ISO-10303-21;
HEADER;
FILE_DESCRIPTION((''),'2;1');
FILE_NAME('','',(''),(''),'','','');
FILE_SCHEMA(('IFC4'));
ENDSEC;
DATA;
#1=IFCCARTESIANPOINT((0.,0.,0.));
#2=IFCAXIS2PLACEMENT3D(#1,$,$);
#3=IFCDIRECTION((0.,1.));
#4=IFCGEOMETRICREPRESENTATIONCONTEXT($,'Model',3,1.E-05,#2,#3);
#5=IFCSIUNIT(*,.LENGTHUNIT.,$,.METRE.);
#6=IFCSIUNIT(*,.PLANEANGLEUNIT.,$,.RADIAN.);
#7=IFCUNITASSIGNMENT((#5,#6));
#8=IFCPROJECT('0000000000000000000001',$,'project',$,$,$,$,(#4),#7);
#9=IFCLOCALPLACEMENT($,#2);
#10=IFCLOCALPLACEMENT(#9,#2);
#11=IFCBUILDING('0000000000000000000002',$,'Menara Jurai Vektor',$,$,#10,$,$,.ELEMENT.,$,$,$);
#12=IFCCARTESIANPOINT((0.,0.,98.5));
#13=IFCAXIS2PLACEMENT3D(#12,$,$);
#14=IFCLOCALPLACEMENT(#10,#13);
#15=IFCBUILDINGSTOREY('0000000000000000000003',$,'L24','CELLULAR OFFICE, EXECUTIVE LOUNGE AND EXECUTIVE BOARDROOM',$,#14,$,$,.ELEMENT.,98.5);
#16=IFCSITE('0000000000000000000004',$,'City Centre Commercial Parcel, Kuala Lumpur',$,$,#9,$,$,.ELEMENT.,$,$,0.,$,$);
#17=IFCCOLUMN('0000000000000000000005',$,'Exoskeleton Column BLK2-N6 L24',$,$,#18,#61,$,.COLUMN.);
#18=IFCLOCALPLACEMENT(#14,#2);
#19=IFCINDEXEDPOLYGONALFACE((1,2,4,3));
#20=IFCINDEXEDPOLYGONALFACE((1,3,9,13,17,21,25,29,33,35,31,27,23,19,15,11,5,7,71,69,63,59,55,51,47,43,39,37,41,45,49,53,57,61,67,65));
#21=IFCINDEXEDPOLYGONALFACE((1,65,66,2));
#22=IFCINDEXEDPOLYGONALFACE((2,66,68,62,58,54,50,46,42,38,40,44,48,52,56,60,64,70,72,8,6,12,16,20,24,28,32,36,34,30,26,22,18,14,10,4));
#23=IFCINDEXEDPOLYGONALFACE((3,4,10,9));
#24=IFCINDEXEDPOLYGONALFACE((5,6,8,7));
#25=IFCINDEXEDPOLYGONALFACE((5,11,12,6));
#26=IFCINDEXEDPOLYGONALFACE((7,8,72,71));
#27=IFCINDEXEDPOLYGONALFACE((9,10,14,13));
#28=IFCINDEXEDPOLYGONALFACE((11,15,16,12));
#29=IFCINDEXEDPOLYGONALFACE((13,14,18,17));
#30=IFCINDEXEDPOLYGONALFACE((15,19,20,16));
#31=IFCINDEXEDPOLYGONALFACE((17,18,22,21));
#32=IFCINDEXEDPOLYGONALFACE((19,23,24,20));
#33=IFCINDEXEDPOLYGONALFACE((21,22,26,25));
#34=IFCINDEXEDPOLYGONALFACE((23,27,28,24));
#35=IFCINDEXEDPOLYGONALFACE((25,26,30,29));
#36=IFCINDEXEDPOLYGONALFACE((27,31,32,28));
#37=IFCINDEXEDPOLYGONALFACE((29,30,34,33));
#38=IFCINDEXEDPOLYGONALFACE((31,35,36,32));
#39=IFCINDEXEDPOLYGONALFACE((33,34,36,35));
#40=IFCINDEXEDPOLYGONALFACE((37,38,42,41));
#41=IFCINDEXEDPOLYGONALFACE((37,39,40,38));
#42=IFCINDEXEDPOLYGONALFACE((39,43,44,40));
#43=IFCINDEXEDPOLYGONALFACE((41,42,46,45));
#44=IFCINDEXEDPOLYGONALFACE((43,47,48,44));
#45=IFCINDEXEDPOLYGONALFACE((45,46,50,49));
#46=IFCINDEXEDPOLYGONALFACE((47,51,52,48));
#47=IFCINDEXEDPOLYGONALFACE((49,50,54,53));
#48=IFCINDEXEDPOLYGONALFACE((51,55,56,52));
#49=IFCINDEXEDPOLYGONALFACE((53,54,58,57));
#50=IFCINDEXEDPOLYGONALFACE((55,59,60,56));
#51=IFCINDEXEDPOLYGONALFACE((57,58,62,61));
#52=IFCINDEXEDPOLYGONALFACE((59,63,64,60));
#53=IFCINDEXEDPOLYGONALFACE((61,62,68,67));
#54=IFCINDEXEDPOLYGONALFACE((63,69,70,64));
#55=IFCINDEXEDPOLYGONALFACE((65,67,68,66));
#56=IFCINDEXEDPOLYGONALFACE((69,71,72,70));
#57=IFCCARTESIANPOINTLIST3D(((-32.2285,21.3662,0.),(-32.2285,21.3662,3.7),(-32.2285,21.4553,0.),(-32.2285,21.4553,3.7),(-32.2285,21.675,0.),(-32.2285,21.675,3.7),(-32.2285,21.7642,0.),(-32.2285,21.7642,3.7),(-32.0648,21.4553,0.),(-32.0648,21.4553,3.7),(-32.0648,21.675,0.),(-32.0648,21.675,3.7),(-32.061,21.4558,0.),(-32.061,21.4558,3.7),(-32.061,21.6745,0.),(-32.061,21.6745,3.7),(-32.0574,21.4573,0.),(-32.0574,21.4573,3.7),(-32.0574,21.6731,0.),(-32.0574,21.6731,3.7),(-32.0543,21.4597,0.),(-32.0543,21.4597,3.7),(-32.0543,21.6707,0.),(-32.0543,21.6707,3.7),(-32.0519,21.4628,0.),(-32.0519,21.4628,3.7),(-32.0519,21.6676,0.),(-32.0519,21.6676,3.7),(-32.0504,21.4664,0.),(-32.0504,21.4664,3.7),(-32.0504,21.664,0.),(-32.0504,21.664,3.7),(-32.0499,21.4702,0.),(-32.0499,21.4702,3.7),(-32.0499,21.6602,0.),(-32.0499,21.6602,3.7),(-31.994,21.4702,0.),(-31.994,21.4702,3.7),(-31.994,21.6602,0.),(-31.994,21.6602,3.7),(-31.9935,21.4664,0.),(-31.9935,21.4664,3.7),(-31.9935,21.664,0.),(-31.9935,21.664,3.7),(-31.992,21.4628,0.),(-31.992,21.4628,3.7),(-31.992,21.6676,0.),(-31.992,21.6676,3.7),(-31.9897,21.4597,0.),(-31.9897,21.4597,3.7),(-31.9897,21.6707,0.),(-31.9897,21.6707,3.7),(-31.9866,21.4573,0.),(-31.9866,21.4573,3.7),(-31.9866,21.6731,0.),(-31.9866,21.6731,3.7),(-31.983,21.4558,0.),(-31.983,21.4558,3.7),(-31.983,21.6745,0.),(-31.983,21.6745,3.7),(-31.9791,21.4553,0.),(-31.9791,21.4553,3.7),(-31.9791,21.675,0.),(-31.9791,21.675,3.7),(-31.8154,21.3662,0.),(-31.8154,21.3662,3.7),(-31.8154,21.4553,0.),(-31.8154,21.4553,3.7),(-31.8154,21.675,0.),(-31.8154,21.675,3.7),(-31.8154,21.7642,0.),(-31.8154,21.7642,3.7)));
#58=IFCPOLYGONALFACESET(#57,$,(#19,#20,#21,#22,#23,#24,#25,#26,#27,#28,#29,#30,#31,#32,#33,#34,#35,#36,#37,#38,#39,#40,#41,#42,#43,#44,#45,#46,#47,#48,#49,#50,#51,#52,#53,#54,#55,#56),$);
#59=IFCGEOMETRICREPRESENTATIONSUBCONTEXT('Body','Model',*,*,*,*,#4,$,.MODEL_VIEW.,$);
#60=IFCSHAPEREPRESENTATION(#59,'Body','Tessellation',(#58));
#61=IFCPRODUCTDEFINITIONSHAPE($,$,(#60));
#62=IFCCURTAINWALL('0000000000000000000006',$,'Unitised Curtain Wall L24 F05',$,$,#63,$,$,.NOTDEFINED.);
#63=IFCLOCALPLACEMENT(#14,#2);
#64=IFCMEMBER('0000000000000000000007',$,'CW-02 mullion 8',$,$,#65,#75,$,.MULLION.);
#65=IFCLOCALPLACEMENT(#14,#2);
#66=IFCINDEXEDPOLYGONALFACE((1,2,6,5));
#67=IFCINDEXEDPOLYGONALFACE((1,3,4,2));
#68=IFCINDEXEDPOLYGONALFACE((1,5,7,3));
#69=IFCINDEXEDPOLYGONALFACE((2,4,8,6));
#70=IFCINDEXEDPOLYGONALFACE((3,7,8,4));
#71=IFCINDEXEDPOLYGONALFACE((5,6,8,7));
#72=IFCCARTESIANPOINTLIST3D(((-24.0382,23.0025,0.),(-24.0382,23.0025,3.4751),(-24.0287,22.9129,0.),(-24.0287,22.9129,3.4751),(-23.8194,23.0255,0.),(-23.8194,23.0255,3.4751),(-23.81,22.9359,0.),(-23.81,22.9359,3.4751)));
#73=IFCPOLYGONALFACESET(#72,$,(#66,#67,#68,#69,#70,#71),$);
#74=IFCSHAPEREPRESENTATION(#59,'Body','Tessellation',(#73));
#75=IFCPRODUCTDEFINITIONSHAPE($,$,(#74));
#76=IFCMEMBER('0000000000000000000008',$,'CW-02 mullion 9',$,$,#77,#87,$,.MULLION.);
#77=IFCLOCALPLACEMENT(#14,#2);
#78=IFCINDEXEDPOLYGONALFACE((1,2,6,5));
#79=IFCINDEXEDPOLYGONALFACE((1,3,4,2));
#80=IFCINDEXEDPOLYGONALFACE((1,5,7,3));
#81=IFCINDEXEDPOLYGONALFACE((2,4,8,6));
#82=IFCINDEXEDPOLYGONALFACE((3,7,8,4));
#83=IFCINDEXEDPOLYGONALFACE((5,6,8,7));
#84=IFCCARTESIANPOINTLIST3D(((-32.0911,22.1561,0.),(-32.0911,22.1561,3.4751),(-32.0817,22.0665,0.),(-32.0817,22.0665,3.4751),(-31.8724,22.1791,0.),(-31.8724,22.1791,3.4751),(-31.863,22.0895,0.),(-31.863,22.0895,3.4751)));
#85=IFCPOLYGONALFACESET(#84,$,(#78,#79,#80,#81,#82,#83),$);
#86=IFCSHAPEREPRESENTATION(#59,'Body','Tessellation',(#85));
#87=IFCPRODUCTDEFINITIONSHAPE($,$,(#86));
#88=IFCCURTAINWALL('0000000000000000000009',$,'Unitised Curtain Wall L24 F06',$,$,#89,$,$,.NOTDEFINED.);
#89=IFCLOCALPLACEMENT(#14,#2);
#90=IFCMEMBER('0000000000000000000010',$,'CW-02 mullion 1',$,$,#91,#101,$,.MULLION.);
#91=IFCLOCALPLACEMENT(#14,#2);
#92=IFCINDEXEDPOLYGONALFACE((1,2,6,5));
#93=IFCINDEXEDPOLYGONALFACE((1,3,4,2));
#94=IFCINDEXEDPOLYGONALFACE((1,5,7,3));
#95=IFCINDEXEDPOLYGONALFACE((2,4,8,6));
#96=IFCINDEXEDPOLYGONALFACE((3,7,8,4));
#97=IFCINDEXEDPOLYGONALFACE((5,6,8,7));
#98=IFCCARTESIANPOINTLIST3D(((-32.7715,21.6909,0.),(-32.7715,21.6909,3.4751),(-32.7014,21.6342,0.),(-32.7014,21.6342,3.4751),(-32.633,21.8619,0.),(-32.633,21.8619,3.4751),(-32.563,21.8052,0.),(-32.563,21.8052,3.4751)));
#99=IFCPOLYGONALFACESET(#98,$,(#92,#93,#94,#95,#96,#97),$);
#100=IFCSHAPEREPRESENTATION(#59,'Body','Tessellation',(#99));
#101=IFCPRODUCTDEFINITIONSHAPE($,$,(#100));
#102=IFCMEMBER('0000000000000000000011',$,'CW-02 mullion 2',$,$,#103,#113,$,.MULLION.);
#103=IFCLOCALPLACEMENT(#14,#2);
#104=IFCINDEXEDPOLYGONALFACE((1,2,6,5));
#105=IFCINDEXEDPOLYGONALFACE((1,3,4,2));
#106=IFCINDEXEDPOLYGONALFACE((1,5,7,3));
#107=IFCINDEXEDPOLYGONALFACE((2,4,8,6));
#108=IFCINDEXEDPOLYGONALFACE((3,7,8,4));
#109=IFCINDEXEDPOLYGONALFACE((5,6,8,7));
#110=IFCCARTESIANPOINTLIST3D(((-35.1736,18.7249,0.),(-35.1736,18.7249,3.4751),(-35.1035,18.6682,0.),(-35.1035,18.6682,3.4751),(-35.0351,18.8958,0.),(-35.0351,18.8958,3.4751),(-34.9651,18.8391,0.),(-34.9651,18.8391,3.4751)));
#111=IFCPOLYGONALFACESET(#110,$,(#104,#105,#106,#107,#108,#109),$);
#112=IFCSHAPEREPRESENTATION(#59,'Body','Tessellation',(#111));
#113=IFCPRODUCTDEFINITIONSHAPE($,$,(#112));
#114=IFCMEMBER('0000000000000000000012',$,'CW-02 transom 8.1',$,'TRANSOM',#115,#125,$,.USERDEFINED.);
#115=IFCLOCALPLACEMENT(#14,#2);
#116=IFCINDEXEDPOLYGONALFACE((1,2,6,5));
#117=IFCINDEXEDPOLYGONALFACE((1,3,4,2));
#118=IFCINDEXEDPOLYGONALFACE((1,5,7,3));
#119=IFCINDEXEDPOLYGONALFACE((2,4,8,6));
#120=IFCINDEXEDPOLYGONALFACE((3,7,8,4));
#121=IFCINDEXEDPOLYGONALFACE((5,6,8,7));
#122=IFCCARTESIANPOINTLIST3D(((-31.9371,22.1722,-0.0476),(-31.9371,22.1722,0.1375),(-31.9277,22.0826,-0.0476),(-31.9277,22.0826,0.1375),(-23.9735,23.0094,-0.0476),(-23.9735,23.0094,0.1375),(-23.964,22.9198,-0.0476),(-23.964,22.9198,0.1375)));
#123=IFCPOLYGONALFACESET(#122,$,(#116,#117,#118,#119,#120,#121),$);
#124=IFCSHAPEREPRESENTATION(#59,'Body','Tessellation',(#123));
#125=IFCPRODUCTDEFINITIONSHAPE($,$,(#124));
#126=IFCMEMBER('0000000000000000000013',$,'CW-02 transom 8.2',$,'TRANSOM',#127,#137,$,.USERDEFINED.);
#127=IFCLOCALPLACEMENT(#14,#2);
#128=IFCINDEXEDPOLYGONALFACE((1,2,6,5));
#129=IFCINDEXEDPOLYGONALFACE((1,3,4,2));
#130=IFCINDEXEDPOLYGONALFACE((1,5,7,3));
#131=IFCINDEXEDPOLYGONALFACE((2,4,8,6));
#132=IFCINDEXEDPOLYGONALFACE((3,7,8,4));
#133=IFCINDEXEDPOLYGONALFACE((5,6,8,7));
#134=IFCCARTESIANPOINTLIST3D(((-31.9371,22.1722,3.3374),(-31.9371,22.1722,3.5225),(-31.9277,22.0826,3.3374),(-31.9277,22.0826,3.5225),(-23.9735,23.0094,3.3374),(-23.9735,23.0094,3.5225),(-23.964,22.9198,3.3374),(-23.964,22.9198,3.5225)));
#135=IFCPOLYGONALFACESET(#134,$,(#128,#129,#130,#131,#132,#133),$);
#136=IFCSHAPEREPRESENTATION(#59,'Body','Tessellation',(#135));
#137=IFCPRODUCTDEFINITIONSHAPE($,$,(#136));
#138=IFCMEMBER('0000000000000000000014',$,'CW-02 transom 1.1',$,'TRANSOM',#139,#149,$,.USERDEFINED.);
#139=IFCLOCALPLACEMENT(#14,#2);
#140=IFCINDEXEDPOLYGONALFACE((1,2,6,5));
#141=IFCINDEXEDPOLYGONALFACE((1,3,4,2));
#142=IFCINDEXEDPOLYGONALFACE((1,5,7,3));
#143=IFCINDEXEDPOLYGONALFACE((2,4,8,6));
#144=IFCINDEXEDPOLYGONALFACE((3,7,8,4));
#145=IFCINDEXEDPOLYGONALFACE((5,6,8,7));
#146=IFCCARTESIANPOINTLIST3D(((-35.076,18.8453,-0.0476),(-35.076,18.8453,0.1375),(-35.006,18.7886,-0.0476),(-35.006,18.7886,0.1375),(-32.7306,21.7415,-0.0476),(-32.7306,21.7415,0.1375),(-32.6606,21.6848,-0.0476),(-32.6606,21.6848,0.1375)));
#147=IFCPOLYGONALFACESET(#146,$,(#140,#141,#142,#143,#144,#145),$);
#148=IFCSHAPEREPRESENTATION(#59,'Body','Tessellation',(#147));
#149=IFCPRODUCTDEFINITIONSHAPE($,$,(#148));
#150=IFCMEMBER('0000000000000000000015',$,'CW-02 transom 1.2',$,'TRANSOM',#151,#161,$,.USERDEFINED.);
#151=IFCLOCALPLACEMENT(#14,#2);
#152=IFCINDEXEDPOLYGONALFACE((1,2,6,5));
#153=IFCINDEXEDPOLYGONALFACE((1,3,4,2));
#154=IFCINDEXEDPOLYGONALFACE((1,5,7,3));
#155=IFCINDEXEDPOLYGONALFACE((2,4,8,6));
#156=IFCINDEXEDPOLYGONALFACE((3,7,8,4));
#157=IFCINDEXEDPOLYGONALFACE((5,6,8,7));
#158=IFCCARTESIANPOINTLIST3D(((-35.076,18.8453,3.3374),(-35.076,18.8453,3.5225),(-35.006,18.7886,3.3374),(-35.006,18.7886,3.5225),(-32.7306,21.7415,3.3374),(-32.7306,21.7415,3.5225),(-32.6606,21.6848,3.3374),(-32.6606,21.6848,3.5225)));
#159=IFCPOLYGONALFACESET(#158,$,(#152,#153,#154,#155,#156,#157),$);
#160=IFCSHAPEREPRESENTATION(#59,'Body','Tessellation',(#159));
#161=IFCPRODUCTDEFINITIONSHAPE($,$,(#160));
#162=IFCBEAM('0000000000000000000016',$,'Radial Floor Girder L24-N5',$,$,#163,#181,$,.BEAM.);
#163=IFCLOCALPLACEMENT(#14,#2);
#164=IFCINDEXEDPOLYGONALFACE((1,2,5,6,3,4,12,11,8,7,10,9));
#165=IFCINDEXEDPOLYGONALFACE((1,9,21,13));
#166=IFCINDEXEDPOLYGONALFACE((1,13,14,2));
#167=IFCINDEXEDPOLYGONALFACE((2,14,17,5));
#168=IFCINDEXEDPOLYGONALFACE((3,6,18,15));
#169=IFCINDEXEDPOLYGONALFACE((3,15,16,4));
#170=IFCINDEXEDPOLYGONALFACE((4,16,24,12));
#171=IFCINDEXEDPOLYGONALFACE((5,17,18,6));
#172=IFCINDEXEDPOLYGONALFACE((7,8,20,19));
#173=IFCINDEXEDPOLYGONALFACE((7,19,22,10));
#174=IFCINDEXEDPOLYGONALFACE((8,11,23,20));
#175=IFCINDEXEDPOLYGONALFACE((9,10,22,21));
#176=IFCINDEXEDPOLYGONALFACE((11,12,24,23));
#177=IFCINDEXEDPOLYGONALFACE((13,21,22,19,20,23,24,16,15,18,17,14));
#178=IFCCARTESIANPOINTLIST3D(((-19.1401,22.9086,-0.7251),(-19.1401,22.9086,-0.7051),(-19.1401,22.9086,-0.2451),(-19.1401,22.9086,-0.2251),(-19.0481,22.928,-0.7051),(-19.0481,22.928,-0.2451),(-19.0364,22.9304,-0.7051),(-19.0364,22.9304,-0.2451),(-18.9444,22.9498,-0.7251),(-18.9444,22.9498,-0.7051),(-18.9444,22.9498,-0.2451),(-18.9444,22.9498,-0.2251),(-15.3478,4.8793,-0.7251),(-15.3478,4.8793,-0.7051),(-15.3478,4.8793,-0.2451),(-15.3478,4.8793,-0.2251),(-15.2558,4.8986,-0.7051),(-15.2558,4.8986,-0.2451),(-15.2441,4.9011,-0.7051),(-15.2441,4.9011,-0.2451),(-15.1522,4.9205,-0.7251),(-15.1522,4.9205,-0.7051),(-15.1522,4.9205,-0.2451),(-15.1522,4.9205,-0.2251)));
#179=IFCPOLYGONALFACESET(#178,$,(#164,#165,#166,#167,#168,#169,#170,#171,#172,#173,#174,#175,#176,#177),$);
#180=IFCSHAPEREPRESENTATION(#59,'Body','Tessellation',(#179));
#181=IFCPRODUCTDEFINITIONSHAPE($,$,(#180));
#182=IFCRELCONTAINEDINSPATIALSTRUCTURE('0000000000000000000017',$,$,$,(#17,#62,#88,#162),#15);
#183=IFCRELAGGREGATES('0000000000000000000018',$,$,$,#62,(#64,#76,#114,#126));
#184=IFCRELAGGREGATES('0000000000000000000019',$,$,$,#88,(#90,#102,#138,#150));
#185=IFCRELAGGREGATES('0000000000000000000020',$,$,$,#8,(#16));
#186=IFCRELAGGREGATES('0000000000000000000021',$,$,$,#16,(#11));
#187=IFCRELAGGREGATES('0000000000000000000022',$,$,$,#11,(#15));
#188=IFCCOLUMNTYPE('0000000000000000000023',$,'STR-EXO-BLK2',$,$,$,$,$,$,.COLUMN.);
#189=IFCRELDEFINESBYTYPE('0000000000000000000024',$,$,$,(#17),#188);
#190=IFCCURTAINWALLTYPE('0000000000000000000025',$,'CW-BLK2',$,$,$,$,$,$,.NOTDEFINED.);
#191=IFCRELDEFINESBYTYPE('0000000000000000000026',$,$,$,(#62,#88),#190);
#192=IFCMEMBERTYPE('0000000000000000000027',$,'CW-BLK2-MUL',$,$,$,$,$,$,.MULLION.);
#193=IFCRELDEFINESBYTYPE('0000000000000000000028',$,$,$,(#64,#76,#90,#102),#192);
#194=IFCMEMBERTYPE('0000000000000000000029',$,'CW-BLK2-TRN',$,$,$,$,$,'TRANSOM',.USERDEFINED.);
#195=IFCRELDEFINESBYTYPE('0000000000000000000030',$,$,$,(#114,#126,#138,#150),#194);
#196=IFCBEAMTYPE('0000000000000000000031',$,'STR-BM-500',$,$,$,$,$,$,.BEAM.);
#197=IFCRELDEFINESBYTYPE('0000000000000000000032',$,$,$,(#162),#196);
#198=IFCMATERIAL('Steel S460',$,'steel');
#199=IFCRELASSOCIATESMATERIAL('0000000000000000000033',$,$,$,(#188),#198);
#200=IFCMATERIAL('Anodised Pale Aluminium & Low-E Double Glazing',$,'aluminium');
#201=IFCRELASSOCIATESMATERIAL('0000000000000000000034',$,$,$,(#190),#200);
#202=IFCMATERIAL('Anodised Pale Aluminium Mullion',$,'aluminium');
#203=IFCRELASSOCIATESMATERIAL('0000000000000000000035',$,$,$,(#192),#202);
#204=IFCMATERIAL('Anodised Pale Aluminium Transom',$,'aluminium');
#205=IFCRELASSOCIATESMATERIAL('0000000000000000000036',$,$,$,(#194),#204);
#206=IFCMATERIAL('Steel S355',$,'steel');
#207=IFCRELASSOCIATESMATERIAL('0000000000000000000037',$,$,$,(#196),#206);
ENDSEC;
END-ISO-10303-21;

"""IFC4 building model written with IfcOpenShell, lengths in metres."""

from ifc_helpers import new_model, si_unit, direction, frame, origin, origin_2d, place, context, subcontext, project, spatial, rectangle, i_section, extrude, material, material_profile, profile_set, type_object, element, aggregate, save


model = new_model("IFC4")

# Units and contexts
model_context = context("Model", 3, precision=1e-05, world=origin(), true_north=direction((0.0, 1.0)))
body_context = subcontext(model_context, "Body", "Model", "MODEL_VIEW")
ifc_project = project(units=[si_unit("LENGTHUNIT", "METRE"), si_unit("PLANEANGLEUNIT", "RADIAN")], contexts=[model_context])

# Site, building, storey
site_placement = place(None, origin())
site = spatial("IfcSite", under=ifc_project, at=site_placement, Name="City Centre Commercial Parcel, Kuala Lumpur", CompositionType="ELEMENT", RefElevation=0.0)
building_placement = place(site_placement, origin())
building = spatial("IfcBuilding", under=site, at=building_placement, Name="Menara Jurai Vektor", CompositionType="ELEMENT")
storey_placement = place(building_placement, frame((0.0, 0.0, 98.5)))
storey = spatial("IfcBuildingStorey", under=building, at=storey_placement, Name="L24", Description="CELLULAR OFFICE, EXECUTIVE LOUNGE AND EXECUTIVE BOARDROOM", CompositionType="ELEMENT", Elevation=98.5)

# Column
ifc_material_1 = material(Name="Steel S460", Category="steel")
ifc_material_profile_1 = material_profile(ifc_material_1, i_section(OverallWidth=0.4131, OverallDepth=0.3979, WebThickness=0.0559, FlangeThickness=0.0891, FilletRadius=0.0149, at=origin_2d()), Name="HD 400x744")
ifc_profile_set_1 = profile_set([ifc_material_profile_1], Name="Steel S460")
column_type = type_object("IfcColumnType", Name="STR-EXO-BLK2", PredefinedType="COLUMN", material=ifc_profile_set_1)
column_placement = place(storey_placement, frame((-32.022, 21.5652, 0.0), z_axis=(0.0, 0.0, 1.0), x_axis=(1.0, 0.0, 0.0)))
element("IfcColumn", 1, at=column_placement, inside=storey, type_object=column_type, Name="Exoskeleton Column BLK2-N6 L24", PredefinedType="COLUMN", context=body_context, shape_type="SweptSolid", body=[
    extrude(i_section(OverallWidth=0.4131, OverallDepth=0.3979, WebThickness=0.0559, FlangeThickness=0.0891, FilletRadius=0.0149, at=origin_2d()), origin(), (0.0, 0.0, 1.0), 3.7),
])

# Curtain walls, members
ifc_material_2 = material(Name="Anodised Pale Aluminium & Low-E Double Glazing", Category="aluminium")
curtain_wall_type = type_object("IfcCurtainWallType", Name="CW-BLK2", PredefinedType="NOTDEFINED", material=ifc_material_2)
curtain_wall_1_placement = place(storey_placement, origin())
curtain_wall_1 = element("IfcCurtainWall", 2, at=curtain_wall_1_placement, inside=storey, type_object=curtain_wall_type, Name="Unitised Curtain Wall L24 F05", PredefinedType="NOTDEFINED")
ifc_material_3 = material(Name="Anodised Pale Aluminium Mullion", Category="aluminium")
ifc_material_profile_2 = material_profile(ifc_material_3, rectangle(XDim=0.0901, YDim=0.22, at=origin_2d()), Name="ALU MUL 90x220")
ifc_profile_set_2 = profile_set([ifc_material_profile_2], Name="Anodised Pale Aluminium Mullion")
member_type_1 = type_object("IfcMemberType", Name="CW-BLK2-MUL", PredefinedType="MULLION", material=ifc_profile_set_2)
member_1_placement = place(storey_placement, frame((-23.9241, 22.9692, 0.0), z_axis=(0.0, 0.0, 1.0), x_axis=(0.104529, -0.994522, 0.0)))
member_1 = element("IfcMember", 3, at=member_1_placement, type_object=member_type_1, Name="CW-02 mullion 8", PredefinedType="MULLION", context=body_context, shape_type="SweptSolid", body=[
    extrude(rectangle(XDim=0.0901, YDim=0.22, at=origin_2d()), origin(), (0.0, 0.0, 1.0), 3.4751),
])
member_2_placement = place(storey_placement, frame((-31.9771, 22.1228, 0.0), z_axis=(0.0, 0.0, 1.0), x_axis=(0.104529, -0.994522, 0.0)))
member_2 = element("IfcMember", 4, at=member_2_placement, type_object=member_type_1, Name="CW-02 mullion 9", PredefinedType="MULLION", context=body_context, shape_type="SweptSolid", body=[
    extrude(rectangle(XDim=0.0901, YDim=0.22, at=origin_2d()), origin(), (0.0, 0.0, 1.0), 3.4751),
])
curtain_wall_2_placement = place(storey_placement, origin())
curtain_wall_2 = element("IfcCurtainWall", 5, at=curtain_wall_2_placement, inside=storey, type_object=curtain_wall_type, Name="Unitised Curtain Wall L24 F06", PredefinedType="NOTDEFINED")
member_3_placement = place(storey_placement, frame((-32.6672, 21.748, 0.0), z_axis=(0.0, 0.0, 1.0), x_axis=(0.777129, -0.629341, 0.0)))
member_3 = element("IfcMember", 6, at=member_3_placement, type_object=member_type_1, Name="CW-02 mullion 1", PredefinedType="MULLION", context=body_context, shape_type="SweptSolid", body=[
    extrude(rectangle(XDim=0.0901, YDim=0.22, at=origin_2d()), origin(), (0.0, 0.0, 1.0), 3.4751),
])
member_4_placement = place(storey_placement, frame((-35.0693, 18.782, 0.0), z_axis=(0.0, 0.0, 1.0), x_axis=(0.777129, -0.629341, 0.0)))
member_4 = element("IfcMember", 7, at=member_4_placement, type_object=member_type_1, Name="CW-02 mullion 2", PredefinedType="MULLION", context=body_context, shape_type="SweptSolid", body=[
    extrude(rectangle(XDim=0.0901, YDim=0.22, at=origin_2d()), origin(), (0.0, 0.0, 1.0), 3.4751),
])

# Members
ifc_material_4 = material(Name="Anodised Pale Aluminium Transom", Category="aluminium")
ifc_material_profile_3 = material_profile(ifc_material_4, rectangle(XDim=0.0901, YDim=0.1851, at=origin_2d()), Name="ALU TRN 90x185")
ifc_profile_set_3 = profile_set([ifc_material_profile_3], Name="Anodised Pale Aluminium Transom")
member_type_2 = type_object("IfcMemberType", Name="CW-BLK2-TRN", ElementType="TRANSOM", PredefinedType="USERDEFINED", material=ifc_profile_set_3)
member_5_placement = place(storey_placement, frame((-23.9688, 22.9646, 0.0449), z_axis=(-0.99452, -0.104547, 0.0), x_axis=(0.104547, -0.99452, 0.0)))
member_5 = element("IfcMember", 8, at=member_5_placement, type_object=member_type_2, Name="CW-02 transom 8.1", ObjectType="TRANSOM", PredefinedType="USERDEFINED", context=body_context, shape_type="SweptSolid", body=[
    extrude(rectangle(XDim=0.0901, YDim=0.1851, at=origin_2d()), origin(), (0.0, 0.0, 1.0), 8.0076),
])
member_6_placement = place(storey_placement, frame((-23.9688, 22.9646, 3.4299), z_axis=(-0.99452, -0.104547, 0.0), x_axis=(0.104547, -0.99452, 0.0)))
member_6 = element("IfcMember", 9, at=member_6_placement, type_object=member_type_2, Name="CW-02 transom 8.2", ObjectType="TRANSOM", PredefinedType="USERDEFINED", context=body_context, shape_type="SweptSolid", body=[
    extrude(rectangle(XDim=0.0901, YDim=0.1851, at=origin_2d()), origin(), (0.0, 0.0, 1.0), 8.0076),
])
member_7_placement = place(storey_placement, frame((-32.6956, 21.7131, 0.0449), z_axis=(-0.629341, -0.777129, 0.0), x_axis=(0.777129, -0.629341, 0.0)))
member_7 = element("IfcMember", 10, at=member_7_placement, type_object=member_type_2, Name="CW-02 transom 1.1", ObjectType="TRANSOM", PredefinedType="USERDEFINED", context=body_context, shape_type="SweptSolid", body=[
    extrude(rectangle(XDim=0.0901, YDim=0.1851, at=origin_2d()), origin(), (0.0, 0.0, 1.0), 3.7268),
])
member_8_placement = place(storey_placement, frame((-32.6956, 21.7131, 3.4299), z_axis=(-0.629341, -0.777129, 0.0), x_axis=(0.777129, -0.629341, 0.0)))
member_8 = element("IfcMember", 11, at=member_8_placement, type_object=member_type_2, Name="CW-02 transom 1.2", ObjectType="TRANSOM", PredefinedType="USERDEFINED", context=body_context, shape_type="SweptSolid", body=[
    extrude(rectangle(XDim=0.0901, YDim=0.1851, at=origin_2d()), origin(), (0.0, 0.0, 1.0), 3.7268),
])

# Beam
ifc_material_5 = material(Name="Steel S355", Category="steel")
ifc_material_profile_4 = material_profile(ifc_material_5, i_section(OverallWidth=0.2, OverallDepth=0.5, WebThickness=0.012, FlangeThickness=0.02, at=origin_2d()), Name="PG 500x200x96")
ifc_profile_set_4 = profile_set([ifc_material_profile_4], Name="Steel S355")
beam_type_1 = type_object("IfcBeamType", Name="STR-BM-500", PredefinedType="BEAM", material=ifc_profile_set_4)
beam_1_placement = place(storey_placement, frame((-19.0422, 22.9292, -0.4751), z_axis=(0.205833, -0.978587, 0.0), x_axis=(0.978587, 0.205833, 0.0)))
element("IfcBeam", 12, at=beam_1_placement, inside=storey, type_object=beam_type_1, Name="Radial Floor Girder L24-N5", PredefinedType="BEAM", context=body_context, shape_type="SweptSolid", body=[
    extrude(i_section(OverallWidth=0.2, OverallDepth=0.5, WebThickness=0.012, FlangeThickness=0.02, at=origin_2d()), origin(), (0.0, 0.0, 1.0), 18.4238),
])

aggregate(curtain_wall_1, [member_1, member_2, member_5, member_6])
aggregate(curtain_wall_2, [member_3, member_4, member_7, member_8])

save(model, "model.ifc")
